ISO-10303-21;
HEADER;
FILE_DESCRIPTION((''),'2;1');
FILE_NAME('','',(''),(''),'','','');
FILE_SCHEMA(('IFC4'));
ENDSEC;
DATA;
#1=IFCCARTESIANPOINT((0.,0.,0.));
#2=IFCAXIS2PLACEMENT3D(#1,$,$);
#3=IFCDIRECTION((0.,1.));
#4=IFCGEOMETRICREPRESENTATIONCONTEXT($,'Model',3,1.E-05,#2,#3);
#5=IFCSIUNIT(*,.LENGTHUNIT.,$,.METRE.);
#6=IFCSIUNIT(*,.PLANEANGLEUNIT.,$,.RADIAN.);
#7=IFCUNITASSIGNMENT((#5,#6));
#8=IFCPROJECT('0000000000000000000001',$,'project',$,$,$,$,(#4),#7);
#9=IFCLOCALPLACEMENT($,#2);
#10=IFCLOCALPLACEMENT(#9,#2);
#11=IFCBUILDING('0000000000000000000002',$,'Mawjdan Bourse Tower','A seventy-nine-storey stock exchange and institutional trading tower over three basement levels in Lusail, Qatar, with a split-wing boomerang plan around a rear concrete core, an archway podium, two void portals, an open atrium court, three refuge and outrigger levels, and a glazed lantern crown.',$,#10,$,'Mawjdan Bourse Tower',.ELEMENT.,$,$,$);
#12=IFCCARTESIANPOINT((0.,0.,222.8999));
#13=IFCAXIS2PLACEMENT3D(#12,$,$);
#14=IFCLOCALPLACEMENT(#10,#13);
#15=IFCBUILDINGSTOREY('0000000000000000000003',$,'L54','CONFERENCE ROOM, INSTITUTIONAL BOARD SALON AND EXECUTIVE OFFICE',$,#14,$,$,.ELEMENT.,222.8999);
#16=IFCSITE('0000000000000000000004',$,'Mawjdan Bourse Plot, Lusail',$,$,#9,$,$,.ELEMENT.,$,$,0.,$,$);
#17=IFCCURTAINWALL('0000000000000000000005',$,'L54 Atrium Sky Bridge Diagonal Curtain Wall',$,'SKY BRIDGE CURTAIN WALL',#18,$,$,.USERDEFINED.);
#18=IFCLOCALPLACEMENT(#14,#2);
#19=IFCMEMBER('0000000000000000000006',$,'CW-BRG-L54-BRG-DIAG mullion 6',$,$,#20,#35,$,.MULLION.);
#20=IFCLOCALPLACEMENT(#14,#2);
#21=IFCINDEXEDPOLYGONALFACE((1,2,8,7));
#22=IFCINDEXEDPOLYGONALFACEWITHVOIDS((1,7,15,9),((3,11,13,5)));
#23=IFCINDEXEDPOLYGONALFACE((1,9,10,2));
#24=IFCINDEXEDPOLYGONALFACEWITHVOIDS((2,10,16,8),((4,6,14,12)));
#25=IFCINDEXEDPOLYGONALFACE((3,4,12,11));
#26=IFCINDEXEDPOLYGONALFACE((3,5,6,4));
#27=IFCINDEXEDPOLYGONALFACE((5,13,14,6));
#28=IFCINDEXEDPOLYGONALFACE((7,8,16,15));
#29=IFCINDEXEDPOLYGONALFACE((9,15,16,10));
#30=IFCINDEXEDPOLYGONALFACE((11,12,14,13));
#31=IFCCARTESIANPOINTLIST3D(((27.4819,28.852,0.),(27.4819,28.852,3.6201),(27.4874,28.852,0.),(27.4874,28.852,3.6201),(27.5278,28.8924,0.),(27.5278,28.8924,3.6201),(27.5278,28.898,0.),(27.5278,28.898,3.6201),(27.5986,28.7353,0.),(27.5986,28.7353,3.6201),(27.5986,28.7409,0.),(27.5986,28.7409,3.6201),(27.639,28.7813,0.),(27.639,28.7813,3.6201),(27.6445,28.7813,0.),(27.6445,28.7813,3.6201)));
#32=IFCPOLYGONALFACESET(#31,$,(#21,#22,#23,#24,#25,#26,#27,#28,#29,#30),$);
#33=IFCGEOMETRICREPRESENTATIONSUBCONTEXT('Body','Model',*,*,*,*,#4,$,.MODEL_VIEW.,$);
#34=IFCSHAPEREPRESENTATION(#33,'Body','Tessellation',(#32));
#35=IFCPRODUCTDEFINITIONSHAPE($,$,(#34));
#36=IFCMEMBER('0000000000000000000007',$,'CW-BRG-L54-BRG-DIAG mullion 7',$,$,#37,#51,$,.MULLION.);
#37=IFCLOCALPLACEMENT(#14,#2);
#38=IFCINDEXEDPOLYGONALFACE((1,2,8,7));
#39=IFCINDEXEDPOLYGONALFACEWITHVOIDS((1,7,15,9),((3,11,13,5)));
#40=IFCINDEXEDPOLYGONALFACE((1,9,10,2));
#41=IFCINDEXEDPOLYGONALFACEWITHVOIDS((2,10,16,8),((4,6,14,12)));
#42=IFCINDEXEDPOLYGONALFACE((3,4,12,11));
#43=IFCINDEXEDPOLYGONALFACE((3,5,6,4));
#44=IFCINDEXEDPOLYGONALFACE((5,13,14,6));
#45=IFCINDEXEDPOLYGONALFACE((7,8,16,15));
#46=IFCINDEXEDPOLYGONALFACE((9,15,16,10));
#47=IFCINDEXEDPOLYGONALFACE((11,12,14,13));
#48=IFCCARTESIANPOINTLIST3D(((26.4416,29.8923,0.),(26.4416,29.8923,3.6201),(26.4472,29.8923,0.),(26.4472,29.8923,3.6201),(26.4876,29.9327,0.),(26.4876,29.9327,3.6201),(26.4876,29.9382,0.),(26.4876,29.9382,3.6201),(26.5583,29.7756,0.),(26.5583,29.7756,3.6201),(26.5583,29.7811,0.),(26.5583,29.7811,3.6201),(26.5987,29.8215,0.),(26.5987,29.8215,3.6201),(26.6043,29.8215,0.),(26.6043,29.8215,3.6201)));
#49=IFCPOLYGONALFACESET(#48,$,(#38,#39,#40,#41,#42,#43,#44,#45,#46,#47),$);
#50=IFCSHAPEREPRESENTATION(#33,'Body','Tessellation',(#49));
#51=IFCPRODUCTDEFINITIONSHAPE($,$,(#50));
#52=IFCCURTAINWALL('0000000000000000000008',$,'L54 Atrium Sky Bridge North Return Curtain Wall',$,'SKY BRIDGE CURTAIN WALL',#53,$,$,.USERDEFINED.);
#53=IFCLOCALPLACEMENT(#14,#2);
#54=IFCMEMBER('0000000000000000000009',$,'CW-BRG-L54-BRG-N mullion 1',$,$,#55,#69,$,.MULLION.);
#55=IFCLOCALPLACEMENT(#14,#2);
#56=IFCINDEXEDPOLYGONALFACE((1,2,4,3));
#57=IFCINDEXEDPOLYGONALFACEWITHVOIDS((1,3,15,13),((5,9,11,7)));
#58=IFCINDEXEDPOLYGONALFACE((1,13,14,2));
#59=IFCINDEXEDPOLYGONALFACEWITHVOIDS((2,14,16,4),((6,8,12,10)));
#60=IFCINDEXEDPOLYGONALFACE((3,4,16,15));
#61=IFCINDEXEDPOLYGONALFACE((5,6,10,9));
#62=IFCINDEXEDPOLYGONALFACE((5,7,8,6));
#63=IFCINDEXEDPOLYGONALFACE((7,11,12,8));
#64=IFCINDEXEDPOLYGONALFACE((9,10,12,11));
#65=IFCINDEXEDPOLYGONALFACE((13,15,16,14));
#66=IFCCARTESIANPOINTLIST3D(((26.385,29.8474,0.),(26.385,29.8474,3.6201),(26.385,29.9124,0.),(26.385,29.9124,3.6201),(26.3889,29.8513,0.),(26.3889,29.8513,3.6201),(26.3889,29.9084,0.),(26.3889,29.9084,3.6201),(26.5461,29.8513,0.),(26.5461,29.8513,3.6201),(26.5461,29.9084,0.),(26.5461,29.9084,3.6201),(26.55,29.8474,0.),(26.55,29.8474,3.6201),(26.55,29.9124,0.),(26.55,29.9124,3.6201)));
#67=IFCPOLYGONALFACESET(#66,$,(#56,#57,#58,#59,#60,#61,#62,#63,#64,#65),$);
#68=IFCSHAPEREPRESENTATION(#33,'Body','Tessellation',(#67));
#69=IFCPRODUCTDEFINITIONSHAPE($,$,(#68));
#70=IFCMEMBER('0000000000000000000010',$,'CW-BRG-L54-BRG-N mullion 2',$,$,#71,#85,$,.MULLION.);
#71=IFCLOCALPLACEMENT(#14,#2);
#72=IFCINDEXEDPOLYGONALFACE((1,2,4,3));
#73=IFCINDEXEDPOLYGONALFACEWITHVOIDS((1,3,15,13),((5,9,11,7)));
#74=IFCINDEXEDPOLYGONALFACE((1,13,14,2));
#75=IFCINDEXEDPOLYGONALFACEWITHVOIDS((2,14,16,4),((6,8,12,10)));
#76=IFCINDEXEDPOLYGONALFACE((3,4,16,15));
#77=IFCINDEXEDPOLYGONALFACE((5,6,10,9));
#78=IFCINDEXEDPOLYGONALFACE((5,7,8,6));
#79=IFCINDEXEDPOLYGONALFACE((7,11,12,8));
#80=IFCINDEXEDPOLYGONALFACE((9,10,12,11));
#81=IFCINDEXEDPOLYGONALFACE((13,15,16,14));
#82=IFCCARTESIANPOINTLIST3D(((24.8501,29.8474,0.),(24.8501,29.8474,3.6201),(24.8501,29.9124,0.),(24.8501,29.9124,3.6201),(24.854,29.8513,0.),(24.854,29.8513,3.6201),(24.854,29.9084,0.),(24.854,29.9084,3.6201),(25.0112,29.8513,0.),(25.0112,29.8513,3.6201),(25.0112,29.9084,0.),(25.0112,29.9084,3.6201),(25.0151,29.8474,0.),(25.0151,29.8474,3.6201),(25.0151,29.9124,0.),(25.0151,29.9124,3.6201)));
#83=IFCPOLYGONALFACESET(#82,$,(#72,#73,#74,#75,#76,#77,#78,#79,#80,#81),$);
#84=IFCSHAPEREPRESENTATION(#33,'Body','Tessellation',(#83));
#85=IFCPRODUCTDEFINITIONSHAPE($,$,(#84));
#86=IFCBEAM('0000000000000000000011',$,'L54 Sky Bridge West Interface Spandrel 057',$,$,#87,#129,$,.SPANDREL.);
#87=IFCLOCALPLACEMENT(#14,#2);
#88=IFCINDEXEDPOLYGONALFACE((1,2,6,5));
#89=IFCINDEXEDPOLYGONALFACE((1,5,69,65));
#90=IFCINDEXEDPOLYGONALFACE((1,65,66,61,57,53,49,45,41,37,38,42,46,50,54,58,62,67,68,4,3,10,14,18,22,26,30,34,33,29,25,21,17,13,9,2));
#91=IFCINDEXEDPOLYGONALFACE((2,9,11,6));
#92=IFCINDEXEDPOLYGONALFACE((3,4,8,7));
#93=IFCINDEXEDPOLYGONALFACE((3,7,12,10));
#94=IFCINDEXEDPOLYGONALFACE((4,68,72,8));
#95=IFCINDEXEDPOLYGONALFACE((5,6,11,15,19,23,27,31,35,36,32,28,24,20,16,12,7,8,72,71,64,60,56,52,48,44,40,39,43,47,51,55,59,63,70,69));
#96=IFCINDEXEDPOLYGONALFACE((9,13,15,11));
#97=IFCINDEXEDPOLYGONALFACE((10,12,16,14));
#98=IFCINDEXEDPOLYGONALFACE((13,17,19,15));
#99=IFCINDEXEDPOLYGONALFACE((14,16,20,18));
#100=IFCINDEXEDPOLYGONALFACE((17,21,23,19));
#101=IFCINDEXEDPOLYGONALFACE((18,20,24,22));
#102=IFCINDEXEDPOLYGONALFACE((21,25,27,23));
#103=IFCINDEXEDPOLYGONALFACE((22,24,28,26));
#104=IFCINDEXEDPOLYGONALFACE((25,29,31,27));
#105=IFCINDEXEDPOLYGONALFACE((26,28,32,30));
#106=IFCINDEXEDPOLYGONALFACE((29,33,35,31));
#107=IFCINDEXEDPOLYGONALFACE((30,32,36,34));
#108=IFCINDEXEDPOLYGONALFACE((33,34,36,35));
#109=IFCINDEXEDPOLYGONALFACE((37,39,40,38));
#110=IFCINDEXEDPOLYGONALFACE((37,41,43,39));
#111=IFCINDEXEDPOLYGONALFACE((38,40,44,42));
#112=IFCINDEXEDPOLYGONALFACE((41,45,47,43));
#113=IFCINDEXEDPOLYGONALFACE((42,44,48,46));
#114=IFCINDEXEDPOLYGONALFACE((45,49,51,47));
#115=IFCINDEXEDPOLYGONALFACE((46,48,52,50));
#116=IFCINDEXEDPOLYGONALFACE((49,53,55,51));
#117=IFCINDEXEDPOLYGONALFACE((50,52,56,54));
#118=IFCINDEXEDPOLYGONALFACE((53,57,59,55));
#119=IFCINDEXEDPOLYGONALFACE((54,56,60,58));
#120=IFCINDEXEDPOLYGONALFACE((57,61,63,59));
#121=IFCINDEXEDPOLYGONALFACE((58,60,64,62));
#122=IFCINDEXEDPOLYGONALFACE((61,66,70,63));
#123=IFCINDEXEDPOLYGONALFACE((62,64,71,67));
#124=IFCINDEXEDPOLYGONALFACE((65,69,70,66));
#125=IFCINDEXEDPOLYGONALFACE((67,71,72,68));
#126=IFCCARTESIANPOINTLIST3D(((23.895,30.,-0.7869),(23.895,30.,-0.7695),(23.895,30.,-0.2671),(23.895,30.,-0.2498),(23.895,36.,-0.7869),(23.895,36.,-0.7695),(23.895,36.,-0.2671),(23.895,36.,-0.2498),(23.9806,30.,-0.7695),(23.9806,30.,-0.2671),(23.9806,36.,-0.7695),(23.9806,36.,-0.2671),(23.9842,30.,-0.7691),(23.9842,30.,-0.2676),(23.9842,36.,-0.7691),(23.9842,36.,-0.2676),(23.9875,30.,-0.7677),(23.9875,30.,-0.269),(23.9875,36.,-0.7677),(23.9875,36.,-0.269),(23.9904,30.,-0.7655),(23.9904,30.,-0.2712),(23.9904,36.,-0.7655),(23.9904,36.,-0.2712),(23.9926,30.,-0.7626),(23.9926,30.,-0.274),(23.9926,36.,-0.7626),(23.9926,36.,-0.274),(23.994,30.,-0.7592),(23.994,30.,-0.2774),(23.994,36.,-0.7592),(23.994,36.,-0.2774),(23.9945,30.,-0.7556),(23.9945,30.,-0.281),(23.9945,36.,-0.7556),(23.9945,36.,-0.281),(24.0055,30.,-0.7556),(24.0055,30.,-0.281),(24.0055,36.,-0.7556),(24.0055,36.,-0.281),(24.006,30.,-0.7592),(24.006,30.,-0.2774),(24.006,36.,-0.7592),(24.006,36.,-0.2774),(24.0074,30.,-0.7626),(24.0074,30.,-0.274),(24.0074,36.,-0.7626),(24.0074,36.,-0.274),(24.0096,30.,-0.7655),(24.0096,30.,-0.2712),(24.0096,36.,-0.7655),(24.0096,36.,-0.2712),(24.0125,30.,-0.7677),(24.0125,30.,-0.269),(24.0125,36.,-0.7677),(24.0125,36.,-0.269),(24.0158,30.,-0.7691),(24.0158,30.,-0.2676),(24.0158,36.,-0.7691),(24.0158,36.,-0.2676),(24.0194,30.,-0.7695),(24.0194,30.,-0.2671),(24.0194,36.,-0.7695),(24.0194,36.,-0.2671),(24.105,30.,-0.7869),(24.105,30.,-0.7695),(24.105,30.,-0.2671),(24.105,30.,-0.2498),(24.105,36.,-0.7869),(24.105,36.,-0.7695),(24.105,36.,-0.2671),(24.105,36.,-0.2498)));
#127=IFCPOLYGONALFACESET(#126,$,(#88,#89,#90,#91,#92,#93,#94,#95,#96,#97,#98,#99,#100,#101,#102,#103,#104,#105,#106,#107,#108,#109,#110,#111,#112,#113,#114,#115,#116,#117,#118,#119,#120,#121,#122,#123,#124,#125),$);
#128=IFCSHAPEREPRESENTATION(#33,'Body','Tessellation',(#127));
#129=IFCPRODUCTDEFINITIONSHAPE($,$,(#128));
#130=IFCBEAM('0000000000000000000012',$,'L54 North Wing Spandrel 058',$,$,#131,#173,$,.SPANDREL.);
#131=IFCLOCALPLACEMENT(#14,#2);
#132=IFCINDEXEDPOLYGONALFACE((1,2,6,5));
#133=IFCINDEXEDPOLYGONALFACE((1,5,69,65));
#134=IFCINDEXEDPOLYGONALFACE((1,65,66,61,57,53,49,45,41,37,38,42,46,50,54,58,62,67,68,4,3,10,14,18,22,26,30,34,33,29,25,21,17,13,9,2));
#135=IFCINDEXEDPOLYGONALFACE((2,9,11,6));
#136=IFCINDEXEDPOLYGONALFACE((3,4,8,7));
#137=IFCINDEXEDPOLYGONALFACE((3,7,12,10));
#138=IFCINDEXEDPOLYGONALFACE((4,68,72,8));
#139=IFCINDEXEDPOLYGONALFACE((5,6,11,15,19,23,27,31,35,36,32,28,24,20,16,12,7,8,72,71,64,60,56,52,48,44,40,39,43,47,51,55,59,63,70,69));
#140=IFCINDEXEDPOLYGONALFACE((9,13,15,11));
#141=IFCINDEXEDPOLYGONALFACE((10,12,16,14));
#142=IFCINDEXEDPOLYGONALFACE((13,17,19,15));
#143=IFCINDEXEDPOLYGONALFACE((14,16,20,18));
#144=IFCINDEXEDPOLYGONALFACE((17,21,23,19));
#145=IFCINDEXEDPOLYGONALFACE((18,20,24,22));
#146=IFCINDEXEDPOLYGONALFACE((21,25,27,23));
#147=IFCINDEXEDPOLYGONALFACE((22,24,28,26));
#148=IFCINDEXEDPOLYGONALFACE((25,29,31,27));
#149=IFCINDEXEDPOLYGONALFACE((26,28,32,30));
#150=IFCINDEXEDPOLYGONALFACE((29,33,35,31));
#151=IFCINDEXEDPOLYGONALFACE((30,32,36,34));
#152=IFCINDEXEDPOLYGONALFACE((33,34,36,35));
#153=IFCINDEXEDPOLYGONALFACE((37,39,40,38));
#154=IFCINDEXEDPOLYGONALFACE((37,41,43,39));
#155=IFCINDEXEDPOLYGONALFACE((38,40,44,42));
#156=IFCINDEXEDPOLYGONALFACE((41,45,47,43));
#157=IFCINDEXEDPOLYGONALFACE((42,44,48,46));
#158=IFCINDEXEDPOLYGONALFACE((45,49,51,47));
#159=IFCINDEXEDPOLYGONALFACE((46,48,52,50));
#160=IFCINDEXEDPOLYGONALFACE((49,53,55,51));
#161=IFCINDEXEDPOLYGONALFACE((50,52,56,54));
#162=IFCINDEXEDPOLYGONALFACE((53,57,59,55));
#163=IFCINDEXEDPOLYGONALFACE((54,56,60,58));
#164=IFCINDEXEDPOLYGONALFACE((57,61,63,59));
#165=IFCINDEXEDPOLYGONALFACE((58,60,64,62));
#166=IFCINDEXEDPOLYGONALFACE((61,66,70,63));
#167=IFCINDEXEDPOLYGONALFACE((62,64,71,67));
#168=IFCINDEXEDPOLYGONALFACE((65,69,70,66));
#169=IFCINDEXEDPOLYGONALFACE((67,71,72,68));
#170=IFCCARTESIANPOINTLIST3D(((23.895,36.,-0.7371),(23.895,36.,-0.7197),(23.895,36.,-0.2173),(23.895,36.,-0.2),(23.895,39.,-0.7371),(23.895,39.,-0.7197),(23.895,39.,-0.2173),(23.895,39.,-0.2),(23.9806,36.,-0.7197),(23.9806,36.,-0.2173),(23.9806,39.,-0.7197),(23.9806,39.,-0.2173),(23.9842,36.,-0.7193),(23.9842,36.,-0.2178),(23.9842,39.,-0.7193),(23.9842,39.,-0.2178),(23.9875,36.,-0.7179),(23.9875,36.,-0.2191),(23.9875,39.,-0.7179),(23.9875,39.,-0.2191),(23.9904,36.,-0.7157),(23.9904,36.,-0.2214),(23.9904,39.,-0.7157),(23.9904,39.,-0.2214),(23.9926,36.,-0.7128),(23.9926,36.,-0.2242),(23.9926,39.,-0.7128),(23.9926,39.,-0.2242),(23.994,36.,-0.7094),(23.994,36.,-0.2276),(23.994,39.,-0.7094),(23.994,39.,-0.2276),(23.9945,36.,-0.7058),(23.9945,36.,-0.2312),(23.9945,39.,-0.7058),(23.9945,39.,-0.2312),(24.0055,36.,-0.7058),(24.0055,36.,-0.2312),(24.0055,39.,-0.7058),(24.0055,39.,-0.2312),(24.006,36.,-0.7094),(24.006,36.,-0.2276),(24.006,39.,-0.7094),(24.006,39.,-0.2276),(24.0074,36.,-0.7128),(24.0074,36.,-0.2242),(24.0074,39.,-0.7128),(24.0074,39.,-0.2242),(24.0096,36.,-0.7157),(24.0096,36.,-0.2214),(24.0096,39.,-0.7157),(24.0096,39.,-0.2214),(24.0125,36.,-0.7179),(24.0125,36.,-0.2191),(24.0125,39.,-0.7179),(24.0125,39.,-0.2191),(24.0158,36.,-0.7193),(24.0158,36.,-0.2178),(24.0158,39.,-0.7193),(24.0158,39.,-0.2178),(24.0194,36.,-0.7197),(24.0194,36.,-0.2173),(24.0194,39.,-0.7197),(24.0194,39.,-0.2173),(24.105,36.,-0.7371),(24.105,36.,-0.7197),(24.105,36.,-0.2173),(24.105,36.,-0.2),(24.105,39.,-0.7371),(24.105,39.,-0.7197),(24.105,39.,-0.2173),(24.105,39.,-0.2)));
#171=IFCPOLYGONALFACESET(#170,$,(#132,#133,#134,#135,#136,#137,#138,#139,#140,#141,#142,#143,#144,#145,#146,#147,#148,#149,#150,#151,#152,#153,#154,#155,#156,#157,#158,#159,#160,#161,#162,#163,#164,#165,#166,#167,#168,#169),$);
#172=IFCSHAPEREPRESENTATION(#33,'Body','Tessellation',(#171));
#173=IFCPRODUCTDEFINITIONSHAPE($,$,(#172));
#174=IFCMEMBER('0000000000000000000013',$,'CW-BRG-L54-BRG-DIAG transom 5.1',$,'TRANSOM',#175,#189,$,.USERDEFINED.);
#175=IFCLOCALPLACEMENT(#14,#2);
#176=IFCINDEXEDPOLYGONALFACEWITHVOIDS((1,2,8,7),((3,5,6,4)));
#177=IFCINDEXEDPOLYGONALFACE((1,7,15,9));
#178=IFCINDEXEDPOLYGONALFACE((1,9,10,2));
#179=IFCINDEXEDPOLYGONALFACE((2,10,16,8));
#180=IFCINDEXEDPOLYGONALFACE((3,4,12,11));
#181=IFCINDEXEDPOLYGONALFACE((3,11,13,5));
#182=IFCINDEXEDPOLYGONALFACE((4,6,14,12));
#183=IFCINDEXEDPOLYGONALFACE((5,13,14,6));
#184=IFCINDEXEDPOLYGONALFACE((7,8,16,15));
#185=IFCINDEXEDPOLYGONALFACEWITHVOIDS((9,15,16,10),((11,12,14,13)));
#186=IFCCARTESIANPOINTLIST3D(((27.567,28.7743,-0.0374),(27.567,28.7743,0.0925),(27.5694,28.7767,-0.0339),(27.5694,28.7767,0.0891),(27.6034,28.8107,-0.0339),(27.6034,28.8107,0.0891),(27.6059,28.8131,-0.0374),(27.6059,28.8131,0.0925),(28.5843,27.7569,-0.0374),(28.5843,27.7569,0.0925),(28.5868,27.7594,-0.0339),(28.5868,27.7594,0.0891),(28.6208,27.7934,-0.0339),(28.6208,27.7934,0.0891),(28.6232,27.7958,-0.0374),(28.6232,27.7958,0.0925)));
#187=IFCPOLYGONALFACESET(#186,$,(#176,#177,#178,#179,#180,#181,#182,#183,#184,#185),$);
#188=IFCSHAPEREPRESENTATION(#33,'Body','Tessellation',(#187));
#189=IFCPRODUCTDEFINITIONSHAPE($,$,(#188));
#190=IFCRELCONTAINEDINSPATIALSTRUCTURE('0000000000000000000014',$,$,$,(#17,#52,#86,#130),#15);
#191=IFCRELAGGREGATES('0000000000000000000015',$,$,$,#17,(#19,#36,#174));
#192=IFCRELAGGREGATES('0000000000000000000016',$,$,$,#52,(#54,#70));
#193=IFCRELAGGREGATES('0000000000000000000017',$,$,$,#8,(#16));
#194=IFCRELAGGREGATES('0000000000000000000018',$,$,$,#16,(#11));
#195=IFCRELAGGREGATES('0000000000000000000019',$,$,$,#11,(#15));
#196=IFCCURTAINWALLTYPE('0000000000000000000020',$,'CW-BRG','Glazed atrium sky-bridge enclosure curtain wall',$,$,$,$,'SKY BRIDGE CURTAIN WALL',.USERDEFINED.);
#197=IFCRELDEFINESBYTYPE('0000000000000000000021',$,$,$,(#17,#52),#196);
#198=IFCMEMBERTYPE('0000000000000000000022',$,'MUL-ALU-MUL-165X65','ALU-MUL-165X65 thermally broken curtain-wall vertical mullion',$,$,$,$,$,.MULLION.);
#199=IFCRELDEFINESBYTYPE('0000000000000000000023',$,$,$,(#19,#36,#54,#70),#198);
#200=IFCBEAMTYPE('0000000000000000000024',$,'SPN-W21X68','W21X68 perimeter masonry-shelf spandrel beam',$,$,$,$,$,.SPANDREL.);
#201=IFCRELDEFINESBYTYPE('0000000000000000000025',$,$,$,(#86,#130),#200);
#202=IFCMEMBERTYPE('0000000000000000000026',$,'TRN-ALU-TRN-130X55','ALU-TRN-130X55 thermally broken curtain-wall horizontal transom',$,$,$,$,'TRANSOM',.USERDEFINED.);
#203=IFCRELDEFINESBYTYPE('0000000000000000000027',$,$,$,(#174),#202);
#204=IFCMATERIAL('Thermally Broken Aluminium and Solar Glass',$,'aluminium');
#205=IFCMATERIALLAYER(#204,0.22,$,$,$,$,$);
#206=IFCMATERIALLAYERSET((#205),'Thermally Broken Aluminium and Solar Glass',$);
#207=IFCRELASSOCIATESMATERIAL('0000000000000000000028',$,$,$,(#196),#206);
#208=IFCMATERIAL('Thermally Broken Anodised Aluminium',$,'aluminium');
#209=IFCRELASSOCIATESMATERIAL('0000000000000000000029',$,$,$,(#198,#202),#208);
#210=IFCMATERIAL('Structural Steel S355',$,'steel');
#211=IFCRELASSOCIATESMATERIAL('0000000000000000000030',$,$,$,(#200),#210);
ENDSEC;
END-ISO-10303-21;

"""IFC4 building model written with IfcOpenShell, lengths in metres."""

from ifc_helpers import new_model, si_unit, direction, frame, origin, origin_2d, place, context, subcontext, project, spatial, hollow_rectangle, i_section, extrude, material, layer, layer_set, material_profile, profile_set, type_object, element, aggregate, save


model = new_model("IFC4")

# Units and contexts
model_context = context("Model", 3, precision=1e-05, world=origin(), true_north=direction((0.0, 1.0)))
body_context = subcontext(model_context, "Body", "Model", "MODEL_VIEW")
ifc_project = project(units=[si_unit("LENGTHUNIT", "METRE"), si_unit("PLANEANGLEUNIT", "RADIAN")], contexts=[model_context])

# Site, building, storey
site_placement = place(None, origin())
site = spatial("IfcSite", under=ifc_project, at=site_placement, Name="Mawjdan Bourse Plot, Lusail", CompositionType="ELEMENT", RefElevation=0.0)
building_placement = place(site_placement, origin())
building = spatial("IfcBuilding", under=site, at=building_placement, Name="Mawjdan Bourse Tower", Description="A seventy-nine-storey stock exchange and institutional trading tower over three basement levels in Lusail, Qatar, with a split-wing boomerang plan around a rear concrete core, an archway podium, two void portals, an open atrium court, three refuge and outrigger levels, and a glazed lantern crown.", LongName="Mawjdan Bourse Tower", CompositionType="ELEMENT")
storey_placement = place(building_placement, frame((0.0, 0.0, 222.8999)))
storey = spatial("IfcBuildingStorey", under=building, at=storey_placement, Name="L54", Description="CONFERENCE ROOM, INSTITUTIONAL BOARD SALON AND EXECUTIVE OFFICE", CompositionType="ELEMENT", Elevation=222.8999)

# Shared definitions
ifc_material_1 = material(Name="Structural Steel S355", Category="steel")

# Curtain walls, members
ifc_material_2 = material(Name="Thermally Broken Aluminium and Solar Glass", Category="aluminium")
ifc_layer_1 = layer(ifc_material_2, 0.22)
ifc_layer_set_1 = layer_set([ifc_layer_1], Name="Thermally Broken Aluminium and Solar Glass")
curtain_wall_type = type_object("IfcCurtainWallType", Name="CW-BRG", Description="Glazed atrium sky-bridge enclosure curtain wall", ElementType="SKY BRIDGE CURTAIN WALL", PredefinedType="USERDEFINED", material=ifc_layer_set_1)
curtain_wall_1_placement = place(storey_placement, origin())
curtain_wall_1 = element("IfcCurtainWall", 1, at=curtain_wall_1_placement, inside=storey, type_object=curtain_wall_type, Name="L54 Atrium Sky Bridge Diagonal Curtain Wall", ObjectType="SKY BRIDGE CURTAIN WALL", PredefinedType="USERDEFINED")
ifc_material_3 = material(Name="Thermally Broken Anodised Aluminium", Category="aluminium")
ifc_material_profile_1 = material_profile(ifc_material_3, hollow_rectangle(XDim=0.0649, YDim=0.165, WallThickness=0.0039, at=origin_2d()), Name="ALU-MUL-165X65")
ifc_profile_set_1 = profile_set([ifc_material_profile_1], Name="Thermally Broken Anodised Aluminium")
member_type_1 = type_object("IfcMemberType", Name="MUL-ALU-MUL-165X65", Description="ALU-MUL-165X65 thermally broken curtain-wall vertical mullion", PredefinedType="MULLION", material=ifc_profile_set_1)
member_1_placement = place(storey_placement, frame((27.5632, 28.8167, 0.0), z_axis=(0.0, 0.0, 1.0), x_axis=(-0.707107, -0.707107, 0.0)))
member_1 = element("IfcMember", 2, at=member_1_placement, type_object=member_type_1, Name="CW-BRG-L54-BRG-DIAG mullion 6", PredefinedType="MULLION", context=body_context, shape_type="SweptSolid", body=[
    extrude(hollow_rectangle(XDim=0.0649, YDim=0.165, WallThickness=0.0039, at=origin_2d()), origin(), (0.0, 0.0, 1.0), 3.6201),
])
member_2_placement = place(storey_placement, frame((26.5229, 29.8569, 0.0), z_axis=(0.0, 0.0, 1.0), x_axis=(-0.707107, -0.707107, 0.0)))
member_2 = element("IfcMember", 3, at=member_2_placement, type_object=member_type_1, Name="CW-BRG-L54-BRG-DIAG mullion 7", PredefinedType="MULLION", context=body_context, shape_type="SweptSolid", body=[
    extrude(hollow_rectangle(XDim=0.0649, YDim=0.165, WallThickness=0.0039, at=origin_2d()), origin(), (0.0, 0.0, 1.0), 3.6201),
])
curtain_wall_2_placement = place(storey_placement, origin())
curtain_wall_2 = element("IfcCurtainWall", 4, at=curtain_wall_2_placement, inside=storey, type_object=curtain_wall_type, Name="L54 Atrium Sky Bridge North Return Curtain Wall", ObjectType="SKY BRIDGE CURTAIN WALL", PredefinedType="USERDEFINED")
member_3_placement = place(storey_placement, frame((26.4675, 29.8799, 0.0), z_axis=(0.0, 0.0, 1.0), x_axis=(0.0, -1.0, 0.0)))
member_3 = element("IfcMember", 5, at=member_3_placement, type_object=member_type_1, Name="CW-BRG-L54-BRG-N mullion 1", PredefinedType="MULLION", context=body_context, shape_type="SweptSolid", body=[
    extrude(hollow_rectangle(XDim=0.0649, YDim=0.165, WallThickness=0.0039, at=origin_2d()), origin(), (0.0, 0.0, 1.0), 3.6201),
])
member_4_placement = place(storey_placement, frame((24.9326, 29.8799, 0.0), z_axis=(0.0, 0.0, 1.0), x_axis=(0.0, -1.0, 0.0)))
member_4 = element("IfcMember", 6, at=member_4_placement, type_object=member_type_1, Name="CW-BRG-L54-BRG-N mullion 2", PredefinedType="MULLION", context=body_context, shape_type="SweptSolid", body=[
    extrude(hollow_rectangle(XDim=0.0649, YDim=0.165, WallThickness=0.0039, at=origin_2d()), origin(), (0.0, 0.0, 1.0), 3.6201),
])

# Beams
ifc_material_profile_2 = material_profile(ifc_material_1, i_section(OverallWidth=0.21, OverallDepth=0.5371, WebThickness=0.011, FlangeThickness=0.0173, FilletRadius=0.0139, at=origin_2d()), Name="W21X68")
ifc_profile_set_2 = profile_set([ifc_material_profile_2], Name="Structural Steel S355")
beam_type_1 = type_object("IfcBeamType", Name="SPN-W21X68", Description="W21X68 perimeter masonry-shelf spandrel beam", PredefinedType="SPANDREL", material=ifc_profile_set_2)
beam_1_placement = place(storey_placement, frame((24.0, 30.0, -0.5183), z_axis=(0.0, 1.0, 0.0), x_axis=(-1.0, 0.0, 0.0)))
element("IfcBeam", 7, at=beam_1_placement, inside=storey, type_object=beam_type_1, Name="L54 Sky Bridge West Interface Spandrel 057", PredefinedType="SPANDREL", context=body_context, shape_type="SweptSolid", body=[
    extrude(i_section(OverallWidth=0.21, OverallDepth=0.5371, WebThickness=0.011, FlangeThickness=0.0173, FilletRadius=0.0139, at=origin_2d()), origin(), (0.0, 0.0, 1.0), 6.0),
])
beam_2_placement = place(storey_placement, frame((24.0, 36.0, -0.4685), z_axis=(0.0, 1.0, 0.0), x_axis=(-1.0, 0.0, 0.0)))
element("IfcBeam", 8, at=beam_2_placement, inside=storey, type_object=beam_type_1, Name="L54 North Wing Spandrel 058", PredefinedType="SPANDREL", context=body_context, shape_type="SweptSolid", body=[
    extrude(i_section(OverallWidth=0.21, OverallDepth=0.5371, WebThickness=0.011, FlangeThickness=0.0173, FilletRadius=0.0139, at=origin_2d()), origin(), (0.0, 0.0, 1.0), 3.0),
])

# Member
ifc_material_profile_3 = material_profile(ifc_material_3, hollow_rectangle(XDim=0.0549, YDim=0.1299, WallThickness=0.0034, at=origin_2d()), Name="ALU-TRN-130X55")
ifc_profile_set_3 = profile_set([ifc_material_profile_3], Name="Thermally Broken Anodised Aluminium")
member_type_2 = type_object("IfcMemberType", Name="TRN-ALU-TRN-130X55", Description="ALU-TRN-130X55 thermally broken curtain-wall horizontal transom", ElementType="TRANSOM", PredefinedType="USERDEFINED", material=ifc_profile_set_3)
member_5_placement = place(storey_placement, frame((28.6038, 27.7764, 0.0276), z_axis=(-0.707107, 0.707107, 0.0), x_axis=(-0.707107, -0.707107, 0.0)))
member_5 = element("IfcMember", 9, at=member_5_placement, type_object=member_type_2, Name="CW-BRG-L54-BRG-DIAG transom 5.1", ObjectType="TRANSOM", PredefinedType="USERDEFINED", context=body_context, shape_type="SweptSolid", body=[
    extrude(hollow_rectangle(XDim=0.0549, YDim=0.1299, WallThickness=0.0034, at=origin_2d()), origin(), (0.0, 0.0, 1.0), 1.4387),
])

aggregate(curtain_wall_1, [member_1, member_2, member_5])
aggregate(curtain_wall_2, [member_3, member_4])

save(model, "model.ifc")
